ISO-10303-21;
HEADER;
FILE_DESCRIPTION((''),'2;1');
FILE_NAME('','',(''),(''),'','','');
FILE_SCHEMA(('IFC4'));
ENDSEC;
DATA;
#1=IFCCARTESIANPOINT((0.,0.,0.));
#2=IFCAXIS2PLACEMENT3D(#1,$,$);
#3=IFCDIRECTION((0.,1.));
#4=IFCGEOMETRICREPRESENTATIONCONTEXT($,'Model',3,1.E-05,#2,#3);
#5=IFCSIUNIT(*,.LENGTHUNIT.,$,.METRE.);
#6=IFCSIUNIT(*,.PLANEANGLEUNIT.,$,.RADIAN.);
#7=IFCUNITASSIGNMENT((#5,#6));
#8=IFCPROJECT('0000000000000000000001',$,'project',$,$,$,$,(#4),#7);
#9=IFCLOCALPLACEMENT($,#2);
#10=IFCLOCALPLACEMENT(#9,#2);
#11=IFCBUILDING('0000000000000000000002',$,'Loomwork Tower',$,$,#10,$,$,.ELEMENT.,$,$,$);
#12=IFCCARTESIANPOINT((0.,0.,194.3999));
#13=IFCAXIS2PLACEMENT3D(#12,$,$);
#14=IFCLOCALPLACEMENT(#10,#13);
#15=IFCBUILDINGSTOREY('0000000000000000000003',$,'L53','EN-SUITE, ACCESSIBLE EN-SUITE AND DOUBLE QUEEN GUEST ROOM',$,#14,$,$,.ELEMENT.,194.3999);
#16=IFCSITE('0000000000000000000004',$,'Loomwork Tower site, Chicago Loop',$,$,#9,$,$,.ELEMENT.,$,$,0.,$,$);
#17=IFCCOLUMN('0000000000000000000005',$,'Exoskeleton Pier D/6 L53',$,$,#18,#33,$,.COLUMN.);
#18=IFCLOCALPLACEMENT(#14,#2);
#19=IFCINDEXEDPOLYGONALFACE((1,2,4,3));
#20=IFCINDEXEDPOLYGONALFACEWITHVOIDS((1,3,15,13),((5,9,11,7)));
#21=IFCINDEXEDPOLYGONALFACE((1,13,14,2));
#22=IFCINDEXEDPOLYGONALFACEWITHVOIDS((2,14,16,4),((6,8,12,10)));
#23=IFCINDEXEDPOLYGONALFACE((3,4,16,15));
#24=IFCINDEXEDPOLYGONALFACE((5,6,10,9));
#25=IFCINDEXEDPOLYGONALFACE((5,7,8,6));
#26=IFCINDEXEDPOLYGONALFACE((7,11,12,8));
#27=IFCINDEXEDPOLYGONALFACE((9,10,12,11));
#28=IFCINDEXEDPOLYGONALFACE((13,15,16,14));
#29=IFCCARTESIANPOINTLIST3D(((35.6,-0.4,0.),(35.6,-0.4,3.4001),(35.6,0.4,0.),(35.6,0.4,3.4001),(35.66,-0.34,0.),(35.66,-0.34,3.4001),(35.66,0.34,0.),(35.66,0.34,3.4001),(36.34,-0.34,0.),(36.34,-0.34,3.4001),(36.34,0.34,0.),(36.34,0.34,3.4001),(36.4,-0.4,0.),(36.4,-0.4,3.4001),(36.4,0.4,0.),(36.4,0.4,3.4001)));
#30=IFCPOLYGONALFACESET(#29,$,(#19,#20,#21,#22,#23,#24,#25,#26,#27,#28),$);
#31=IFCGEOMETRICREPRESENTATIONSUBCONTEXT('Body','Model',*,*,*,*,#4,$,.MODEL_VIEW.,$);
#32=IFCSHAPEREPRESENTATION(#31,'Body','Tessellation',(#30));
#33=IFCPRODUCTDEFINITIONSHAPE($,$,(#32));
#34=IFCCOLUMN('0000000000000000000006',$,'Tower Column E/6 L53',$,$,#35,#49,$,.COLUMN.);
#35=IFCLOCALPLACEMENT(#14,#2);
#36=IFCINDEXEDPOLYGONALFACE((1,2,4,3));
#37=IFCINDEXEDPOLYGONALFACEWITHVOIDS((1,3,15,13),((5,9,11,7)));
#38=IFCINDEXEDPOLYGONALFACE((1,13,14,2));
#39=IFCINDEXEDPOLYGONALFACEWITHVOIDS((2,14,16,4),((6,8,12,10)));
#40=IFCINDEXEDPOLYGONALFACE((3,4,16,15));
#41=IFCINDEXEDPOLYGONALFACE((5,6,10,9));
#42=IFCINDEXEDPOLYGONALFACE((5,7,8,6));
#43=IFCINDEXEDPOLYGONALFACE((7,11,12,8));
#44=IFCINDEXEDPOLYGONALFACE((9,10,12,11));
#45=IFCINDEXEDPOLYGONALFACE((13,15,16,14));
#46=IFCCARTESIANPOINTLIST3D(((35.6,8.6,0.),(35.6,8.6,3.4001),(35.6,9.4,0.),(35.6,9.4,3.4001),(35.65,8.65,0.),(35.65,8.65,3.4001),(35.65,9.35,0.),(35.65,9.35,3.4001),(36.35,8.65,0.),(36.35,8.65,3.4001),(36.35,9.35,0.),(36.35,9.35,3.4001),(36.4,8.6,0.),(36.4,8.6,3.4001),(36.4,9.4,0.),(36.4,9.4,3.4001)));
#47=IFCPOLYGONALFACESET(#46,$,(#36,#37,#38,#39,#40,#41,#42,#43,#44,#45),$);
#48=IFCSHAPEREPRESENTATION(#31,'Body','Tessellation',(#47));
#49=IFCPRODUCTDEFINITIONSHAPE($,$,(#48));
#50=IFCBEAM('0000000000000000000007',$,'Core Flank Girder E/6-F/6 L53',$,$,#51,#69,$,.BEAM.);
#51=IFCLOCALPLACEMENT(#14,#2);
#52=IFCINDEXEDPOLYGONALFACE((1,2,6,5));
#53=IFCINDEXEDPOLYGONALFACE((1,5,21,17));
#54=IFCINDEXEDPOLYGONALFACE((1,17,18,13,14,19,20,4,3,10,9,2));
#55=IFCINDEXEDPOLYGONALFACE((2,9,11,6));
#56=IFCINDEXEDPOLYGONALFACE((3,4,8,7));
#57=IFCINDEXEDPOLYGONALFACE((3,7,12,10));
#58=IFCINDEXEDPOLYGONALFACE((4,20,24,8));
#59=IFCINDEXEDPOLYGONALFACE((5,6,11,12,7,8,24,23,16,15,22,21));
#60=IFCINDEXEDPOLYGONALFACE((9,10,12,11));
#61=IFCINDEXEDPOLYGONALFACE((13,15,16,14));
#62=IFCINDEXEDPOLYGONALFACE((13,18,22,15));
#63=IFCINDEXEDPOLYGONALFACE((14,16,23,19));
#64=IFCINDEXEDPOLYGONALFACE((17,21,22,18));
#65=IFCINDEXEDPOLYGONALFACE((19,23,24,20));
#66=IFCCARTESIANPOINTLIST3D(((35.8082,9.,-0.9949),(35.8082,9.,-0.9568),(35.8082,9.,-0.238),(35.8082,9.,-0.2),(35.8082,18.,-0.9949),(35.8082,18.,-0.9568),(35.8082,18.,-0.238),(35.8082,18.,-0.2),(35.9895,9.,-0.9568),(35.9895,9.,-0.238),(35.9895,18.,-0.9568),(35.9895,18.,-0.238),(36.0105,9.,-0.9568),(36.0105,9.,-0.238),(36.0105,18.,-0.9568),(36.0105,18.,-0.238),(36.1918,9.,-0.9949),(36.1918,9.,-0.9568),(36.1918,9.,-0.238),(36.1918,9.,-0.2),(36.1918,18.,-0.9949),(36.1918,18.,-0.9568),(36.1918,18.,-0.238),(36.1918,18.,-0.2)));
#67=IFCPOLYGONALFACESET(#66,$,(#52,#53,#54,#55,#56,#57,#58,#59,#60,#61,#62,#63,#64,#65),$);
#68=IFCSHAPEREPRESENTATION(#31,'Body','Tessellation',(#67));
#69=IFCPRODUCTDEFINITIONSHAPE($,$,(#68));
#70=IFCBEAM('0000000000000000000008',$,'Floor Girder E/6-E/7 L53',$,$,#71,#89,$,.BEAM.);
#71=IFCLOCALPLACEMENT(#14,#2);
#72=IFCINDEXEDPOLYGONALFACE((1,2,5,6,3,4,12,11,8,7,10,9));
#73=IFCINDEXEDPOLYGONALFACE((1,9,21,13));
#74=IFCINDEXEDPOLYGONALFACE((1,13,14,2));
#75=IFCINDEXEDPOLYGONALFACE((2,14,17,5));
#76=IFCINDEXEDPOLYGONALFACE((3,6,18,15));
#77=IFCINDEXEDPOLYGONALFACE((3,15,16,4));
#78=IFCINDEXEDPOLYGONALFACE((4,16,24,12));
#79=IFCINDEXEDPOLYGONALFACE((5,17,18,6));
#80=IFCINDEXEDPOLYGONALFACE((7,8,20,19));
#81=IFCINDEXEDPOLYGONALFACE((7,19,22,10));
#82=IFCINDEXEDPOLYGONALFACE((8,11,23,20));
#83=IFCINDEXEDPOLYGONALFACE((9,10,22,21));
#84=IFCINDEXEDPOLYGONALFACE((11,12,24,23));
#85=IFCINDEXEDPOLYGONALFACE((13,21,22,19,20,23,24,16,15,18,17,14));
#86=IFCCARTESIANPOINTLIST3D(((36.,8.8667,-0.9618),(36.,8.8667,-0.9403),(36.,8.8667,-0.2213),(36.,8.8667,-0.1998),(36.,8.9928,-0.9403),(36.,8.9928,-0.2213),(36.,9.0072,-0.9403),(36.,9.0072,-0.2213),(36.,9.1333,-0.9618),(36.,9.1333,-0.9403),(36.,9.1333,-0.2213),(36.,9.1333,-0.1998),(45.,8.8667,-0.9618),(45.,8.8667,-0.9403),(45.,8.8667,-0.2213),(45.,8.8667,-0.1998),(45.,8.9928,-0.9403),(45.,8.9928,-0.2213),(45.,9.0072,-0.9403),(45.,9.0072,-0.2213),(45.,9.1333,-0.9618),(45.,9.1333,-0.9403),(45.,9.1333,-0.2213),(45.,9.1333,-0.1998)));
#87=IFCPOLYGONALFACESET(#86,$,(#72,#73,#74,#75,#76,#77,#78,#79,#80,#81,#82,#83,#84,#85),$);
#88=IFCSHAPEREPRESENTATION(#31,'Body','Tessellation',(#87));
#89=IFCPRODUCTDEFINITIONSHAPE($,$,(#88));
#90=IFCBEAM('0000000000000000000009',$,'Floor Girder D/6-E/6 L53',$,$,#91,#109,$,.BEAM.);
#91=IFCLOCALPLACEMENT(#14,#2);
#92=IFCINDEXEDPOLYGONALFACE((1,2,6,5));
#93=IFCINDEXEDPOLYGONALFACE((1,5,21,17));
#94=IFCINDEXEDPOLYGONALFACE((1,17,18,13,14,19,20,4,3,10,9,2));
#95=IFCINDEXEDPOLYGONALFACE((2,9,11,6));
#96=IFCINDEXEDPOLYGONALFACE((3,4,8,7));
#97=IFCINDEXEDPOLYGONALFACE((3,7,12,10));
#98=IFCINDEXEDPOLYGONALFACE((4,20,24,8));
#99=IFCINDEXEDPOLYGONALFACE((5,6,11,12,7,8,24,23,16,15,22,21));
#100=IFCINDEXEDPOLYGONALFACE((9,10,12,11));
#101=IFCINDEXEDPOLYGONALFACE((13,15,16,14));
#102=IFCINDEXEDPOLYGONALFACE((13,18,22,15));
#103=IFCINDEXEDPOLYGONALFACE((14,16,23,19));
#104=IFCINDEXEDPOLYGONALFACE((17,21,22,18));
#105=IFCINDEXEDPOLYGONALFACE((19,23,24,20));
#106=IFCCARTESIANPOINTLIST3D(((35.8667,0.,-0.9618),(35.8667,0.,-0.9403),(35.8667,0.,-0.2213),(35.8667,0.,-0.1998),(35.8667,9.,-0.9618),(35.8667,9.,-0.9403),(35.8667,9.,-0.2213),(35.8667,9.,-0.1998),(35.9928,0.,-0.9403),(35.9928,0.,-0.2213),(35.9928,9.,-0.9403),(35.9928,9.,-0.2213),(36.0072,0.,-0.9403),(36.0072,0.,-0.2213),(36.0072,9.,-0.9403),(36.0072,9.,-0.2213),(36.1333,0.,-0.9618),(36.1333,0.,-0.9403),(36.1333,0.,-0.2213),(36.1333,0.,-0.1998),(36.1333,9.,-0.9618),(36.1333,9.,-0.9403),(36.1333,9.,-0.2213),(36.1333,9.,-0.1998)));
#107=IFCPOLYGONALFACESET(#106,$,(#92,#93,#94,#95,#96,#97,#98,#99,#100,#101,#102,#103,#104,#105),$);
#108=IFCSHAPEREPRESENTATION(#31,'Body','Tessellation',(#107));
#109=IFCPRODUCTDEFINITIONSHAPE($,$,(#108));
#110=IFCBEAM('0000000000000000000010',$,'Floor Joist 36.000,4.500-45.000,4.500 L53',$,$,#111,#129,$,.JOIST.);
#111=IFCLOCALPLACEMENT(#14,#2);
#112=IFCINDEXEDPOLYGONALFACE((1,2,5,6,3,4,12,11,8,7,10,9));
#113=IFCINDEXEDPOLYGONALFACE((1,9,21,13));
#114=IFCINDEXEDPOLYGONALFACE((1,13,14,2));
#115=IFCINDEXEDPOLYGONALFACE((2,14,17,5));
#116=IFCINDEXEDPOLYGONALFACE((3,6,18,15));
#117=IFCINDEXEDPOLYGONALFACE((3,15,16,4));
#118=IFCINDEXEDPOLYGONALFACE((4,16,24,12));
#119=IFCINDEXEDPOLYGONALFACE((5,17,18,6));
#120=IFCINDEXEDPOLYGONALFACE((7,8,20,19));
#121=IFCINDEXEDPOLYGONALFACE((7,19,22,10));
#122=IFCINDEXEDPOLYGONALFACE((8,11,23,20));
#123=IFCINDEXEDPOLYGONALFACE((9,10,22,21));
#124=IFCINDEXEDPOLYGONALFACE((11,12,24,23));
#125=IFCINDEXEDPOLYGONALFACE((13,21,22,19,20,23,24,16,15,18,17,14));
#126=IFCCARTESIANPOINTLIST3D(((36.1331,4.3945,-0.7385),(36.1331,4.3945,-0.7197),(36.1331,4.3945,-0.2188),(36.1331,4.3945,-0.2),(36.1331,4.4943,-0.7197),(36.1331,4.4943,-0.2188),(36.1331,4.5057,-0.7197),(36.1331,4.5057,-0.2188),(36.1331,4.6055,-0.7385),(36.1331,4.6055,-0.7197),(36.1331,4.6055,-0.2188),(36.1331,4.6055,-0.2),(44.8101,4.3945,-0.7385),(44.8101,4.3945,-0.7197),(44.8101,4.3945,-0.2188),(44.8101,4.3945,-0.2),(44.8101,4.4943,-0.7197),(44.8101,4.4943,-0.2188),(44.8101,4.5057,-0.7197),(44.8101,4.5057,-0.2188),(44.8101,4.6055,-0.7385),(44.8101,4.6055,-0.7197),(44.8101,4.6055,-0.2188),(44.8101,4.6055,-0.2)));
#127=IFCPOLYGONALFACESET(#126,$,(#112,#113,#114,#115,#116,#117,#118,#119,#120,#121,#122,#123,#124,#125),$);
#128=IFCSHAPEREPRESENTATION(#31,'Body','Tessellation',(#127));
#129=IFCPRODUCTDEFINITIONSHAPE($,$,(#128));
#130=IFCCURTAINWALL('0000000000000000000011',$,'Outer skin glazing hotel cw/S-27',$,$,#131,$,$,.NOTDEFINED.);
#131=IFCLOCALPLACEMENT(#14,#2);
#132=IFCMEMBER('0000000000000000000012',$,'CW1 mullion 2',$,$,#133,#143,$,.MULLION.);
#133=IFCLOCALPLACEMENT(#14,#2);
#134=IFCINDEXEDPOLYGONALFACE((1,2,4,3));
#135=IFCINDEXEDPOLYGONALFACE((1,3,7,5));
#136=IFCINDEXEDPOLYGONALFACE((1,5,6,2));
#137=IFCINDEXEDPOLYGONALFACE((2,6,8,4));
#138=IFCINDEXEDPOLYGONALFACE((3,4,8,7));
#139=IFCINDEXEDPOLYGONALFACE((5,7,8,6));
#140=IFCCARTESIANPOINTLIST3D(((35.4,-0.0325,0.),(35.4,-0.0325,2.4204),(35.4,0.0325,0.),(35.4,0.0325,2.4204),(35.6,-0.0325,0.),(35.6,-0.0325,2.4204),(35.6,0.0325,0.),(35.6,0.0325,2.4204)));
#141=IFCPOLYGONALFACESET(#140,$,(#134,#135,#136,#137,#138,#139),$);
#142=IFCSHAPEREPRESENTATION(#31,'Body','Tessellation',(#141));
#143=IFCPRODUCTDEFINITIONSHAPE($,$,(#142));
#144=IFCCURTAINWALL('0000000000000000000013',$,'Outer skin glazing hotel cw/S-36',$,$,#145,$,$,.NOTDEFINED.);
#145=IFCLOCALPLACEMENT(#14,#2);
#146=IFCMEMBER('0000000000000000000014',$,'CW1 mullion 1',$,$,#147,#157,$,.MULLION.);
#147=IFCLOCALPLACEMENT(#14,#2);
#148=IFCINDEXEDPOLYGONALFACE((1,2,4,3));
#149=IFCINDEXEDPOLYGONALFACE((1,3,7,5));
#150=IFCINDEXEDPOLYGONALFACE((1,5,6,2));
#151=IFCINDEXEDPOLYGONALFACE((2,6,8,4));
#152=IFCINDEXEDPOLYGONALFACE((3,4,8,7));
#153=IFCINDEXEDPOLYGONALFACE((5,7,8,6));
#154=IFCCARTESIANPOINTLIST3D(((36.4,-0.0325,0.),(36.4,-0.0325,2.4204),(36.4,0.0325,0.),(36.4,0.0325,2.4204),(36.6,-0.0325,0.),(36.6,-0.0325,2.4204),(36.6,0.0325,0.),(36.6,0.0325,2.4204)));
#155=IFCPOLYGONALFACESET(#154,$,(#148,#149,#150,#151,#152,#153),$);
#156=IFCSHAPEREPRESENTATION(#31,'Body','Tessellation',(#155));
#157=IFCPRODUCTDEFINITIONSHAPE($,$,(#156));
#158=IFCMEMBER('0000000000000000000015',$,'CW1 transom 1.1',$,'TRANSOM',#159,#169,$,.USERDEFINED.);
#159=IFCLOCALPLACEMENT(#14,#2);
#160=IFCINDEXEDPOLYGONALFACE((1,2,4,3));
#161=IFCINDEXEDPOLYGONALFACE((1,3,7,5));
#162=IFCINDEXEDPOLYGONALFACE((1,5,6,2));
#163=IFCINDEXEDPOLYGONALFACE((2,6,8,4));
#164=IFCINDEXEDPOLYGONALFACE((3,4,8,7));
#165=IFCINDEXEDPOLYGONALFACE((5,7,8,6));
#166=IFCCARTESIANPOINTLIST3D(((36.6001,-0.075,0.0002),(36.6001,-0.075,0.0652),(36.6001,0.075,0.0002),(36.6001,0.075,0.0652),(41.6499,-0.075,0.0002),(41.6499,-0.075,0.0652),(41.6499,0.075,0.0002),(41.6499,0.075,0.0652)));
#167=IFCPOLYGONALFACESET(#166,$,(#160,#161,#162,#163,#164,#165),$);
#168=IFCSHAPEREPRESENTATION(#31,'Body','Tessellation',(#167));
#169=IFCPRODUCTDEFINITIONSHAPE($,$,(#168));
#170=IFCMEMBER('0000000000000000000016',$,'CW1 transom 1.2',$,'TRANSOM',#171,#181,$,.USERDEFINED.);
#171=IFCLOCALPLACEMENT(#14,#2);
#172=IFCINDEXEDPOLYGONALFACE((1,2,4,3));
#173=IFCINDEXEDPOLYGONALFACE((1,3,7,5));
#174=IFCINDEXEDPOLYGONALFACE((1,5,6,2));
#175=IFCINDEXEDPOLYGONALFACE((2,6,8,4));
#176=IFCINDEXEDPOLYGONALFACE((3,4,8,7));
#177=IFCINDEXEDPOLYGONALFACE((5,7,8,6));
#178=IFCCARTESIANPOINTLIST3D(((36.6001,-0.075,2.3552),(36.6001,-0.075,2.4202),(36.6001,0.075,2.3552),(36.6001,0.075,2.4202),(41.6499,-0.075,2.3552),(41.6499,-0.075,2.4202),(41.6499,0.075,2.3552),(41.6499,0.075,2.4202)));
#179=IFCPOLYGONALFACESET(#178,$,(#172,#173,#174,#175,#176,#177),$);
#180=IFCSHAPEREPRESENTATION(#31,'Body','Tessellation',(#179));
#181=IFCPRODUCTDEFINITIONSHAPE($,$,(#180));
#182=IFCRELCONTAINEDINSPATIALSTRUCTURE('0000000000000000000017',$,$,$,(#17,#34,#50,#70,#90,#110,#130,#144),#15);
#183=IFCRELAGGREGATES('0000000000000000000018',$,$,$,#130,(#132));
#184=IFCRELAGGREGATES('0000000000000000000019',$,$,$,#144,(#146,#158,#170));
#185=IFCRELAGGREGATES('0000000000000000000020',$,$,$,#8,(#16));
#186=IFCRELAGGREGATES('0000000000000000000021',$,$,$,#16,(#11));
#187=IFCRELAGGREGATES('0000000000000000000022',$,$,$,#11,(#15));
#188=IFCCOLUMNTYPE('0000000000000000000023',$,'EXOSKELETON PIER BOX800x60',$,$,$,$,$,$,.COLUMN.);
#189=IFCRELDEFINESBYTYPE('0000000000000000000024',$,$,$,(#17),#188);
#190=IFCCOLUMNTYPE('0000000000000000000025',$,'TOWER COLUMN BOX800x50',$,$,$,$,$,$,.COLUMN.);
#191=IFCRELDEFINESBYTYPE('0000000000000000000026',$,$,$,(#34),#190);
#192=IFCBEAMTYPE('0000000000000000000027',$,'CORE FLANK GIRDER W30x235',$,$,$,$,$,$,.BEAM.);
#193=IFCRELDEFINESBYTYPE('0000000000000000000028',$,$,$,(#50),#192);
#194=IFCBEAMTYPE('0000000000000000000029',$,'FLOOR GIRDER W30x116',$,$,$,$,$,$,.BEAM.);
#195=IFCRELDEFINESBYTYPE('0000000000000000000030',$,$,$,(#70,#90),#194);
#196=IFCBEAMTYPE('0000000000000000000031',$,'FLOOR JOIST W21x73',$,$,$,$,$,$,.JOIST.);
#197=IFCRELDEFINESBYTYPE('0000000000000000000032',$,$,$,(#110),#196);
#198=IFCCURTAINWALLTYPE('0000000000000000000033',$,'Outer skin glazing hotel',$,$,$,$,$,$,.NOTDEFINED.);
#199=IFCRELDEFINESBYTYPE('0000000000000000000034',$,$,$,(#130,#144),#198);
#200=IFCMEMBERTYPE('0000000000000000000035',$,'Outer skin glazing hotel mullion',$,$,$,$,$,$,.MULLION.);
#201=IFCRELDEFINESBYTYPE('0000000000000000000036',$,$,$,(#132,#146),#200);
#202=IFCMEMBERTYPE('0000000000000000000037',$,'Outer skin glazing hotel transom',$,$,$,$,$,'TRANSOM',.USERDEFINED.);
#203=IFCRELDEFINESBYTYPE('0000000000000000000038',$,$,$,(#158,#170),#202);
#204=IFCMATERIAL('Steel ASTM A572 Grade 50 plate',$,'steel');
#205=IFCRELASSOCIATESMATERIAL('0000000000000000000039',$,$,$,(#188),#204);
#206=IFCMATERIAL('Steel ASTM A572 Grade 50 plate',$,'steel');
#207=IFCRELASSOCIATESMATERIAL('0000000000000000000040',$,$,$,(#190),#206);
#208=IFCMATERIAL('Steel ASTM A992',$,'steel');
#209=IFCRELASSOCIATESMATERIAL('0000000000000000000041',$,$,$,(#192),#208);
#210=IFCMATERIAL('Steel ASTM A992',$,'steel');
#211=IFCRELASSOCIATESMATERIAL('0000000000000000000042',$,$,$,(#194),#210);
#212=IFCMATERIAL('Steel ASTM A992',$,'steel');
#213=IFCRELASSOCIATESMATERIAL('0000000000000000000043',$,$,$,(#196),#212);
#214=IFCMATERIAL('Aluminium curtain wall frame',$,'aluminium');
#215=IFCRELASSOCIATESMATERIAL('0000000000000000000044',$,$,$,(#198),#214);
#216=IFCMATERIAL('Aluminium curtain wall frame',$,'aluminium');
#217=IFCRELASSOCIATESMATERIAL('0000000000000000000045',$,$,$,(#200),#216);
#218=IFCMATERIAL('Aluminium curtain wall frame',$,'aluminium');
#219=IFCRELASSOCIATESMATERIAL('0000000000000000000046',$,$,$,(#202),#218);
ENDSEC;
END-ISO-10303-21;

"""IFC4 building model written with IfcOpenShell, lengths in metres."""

from ifc_helpers import new_model, si_unit, direction, frame, origin, origin_2d, place, context, subcontext, project, spatial, rectangle, hollow_rectangle, i_section, extrude, material, material_profile, profile_set, type_object, element, aggregate, save


model = new_model("IFC4")

# Units and contexts
model_context = context("Model", 3, precision=1e-05, world=origin(), true_north=direction((0.0, 1.0)))
body_context = subcontext(model_context, "Body", "Model", "MODEL_VIEW")
ifc_project = project(units=[si_unit("LENGTHUNIT", "METRE"), si_unit("PLANEANGLEUNIT", "RADIAN")], contexts=[model_context])

# Site, building, storey
site_placement = place(None, origin())
site = spatial("IfcSite", under=ifc_project, at=site_placement, Name="Loomwork Tower site, Chicago Loop", CompositionType="ELEMENT", RefElevation=0.0)
building_placement = place(site_placement, origin())
building = spatial("IfcBuilding", under=site, at=building_placement, Name="Loomwork Tower", CompositionType="ELEMENT")
storey_placement = place(building_placement, frame((0.0, 0.0, 194.3999)))
storey = spatial("IfcBuildingStorey", under=building, at=storey_placement, Name="L53", Description="EN-SUITE, ACCESSIBLE EN-SUITE AND DOUBLE QUEEN GUEST ROOM", CompositionType="ELEMENT", Elevation=194.3999)

# Columns
ifc_material_1 = material(Name="Steel ASTM A572 Grade 50 plate", Category="steel")
ifc_material_profile_1 = material_profile(ifc_material_1, hollow_rectangle(XDim=0.8, YDim=0.8, WallThickness=0.0601, at=origin_2d()), Name="BOX800x60")
ifc_profile_set_1 = profile_set([ifc_material_profile_1], Name="Steel ASTM A572 Grade 50 plate")
column_type_1 = type_object("IfcColumnType", Name="EXOSKELETON PIER BOX800x60", PredefinedType="COLUMN", material=ifc_profile_set_1)
column_1_placement = place(storey_placement, frame((36.0, 0.0, 0.0), z_axis=(0.0, 0.0, 1.0), x_axis=(1.0, 0.0, 0.0)))
element("IfcColumn", 1, at=column_1_placement, inside=storey, type_object=column_type_1, Name="Exoskeleton Pier D/6 L53", PredefinedType="COLUMN", context=body_context, shape_type="SweptSolid", body=[
    extrude(hollow_rectangle(XDim=0.8, YDim=0.8, WallThickness=0.0601, at=origin_2d()), origin(), (0.0, 0.0, 1.0), 3.4001),
])
ifc_material_2 = material(Name="Steel ASTM A572 Grade 50 plate", Category="steel")
ifc_material_profile_2 = material_profile(ifc_material_2, hollow_rectangle(XDim=0.8, YDim=0.8, WallThickness=0.05, at=origin_2d()), Name="BOX800x50")
ifc_profile_set_2 = profile_set([ifc_material_profile_2], Name="Steel ASTM A572 Grade 50 plate")
column_type_2 = type_object("IfcColumnType", Name="TOWER COLUMN BOX800x50", PredefinedType="COLUMN", material=ifc_profile_set_2)
column_2_placement = place(storey_placement, frame((36.0, 9.0, 0.0), z_axis=(0.0, 0.0, 1.0), x_axis=(0.0, 1.0, 0.0)))
element("IfcColumn", 2, at=column_2_placement, inside=storey, type_object=column_type_2, Name="Tower Column E/6 L53", PredefinedType="COLUMN", context=body_context, shape_type="SweptSolid", body=[
    extrude(hollow_rectangle(XDim=0.8, YDim=0.8, WallThickness=0.05, at=origin_2d()), origin(), (0.0, 0.0, 1.0), 3.4001),
])

# Beams
ifc_material_3 = material(Name="Steel ASTM A992", Category="steel")
ifc_material_profile_3 = material_profile(ifc_material_3, i_section(OverallWidth=0.3835, OverallDepth=0.7949, WebThickness=0.021, FlangeThickness=0.0381, at=origin_2d()), Name="W30x235")
ifc_profile_set_3 = profile_set([ifc_material_profile_3], Name="Steel ASTM A992")
beam_type_1 = type_object("IfcBeamType", Name="CORE FLANK GIRDER W30x235", PredefinedType="BEAM", material=ifc_profile_set_3)
beam_1_placement = place(storey_placement, frame((36.0, 9.0, -0.5974), z_axis=(0.0, 1.0, 0.0), x_axis=(-1.0, 0.0, 0.0)))
element("IfcBeam", 3, at=beam_1_placement, inside=storey, type_object=beam_type_1, Name="Core Flank Girder E/6-F/6 L53", PredefinedType="BEAM", context=body_context, shape_type="SweptSolid", body=[
    extrude(i_section(OverallWidth=0.3835, OverallDepth=0.7949, WebThickness=0.021, FlangeThickness=0.0381, at=origin_2d()), origin(), (0.0, 0.0, 1.0), 9.0),
])
ifc_material_4 = material(Name="Steel ASTM A992", Category="steel")
ifc_material_profile_4 = material_profile(ifc_material_4, i_section(OverallWidth=0.2666, OverallDepth=0.762, WebThickness=0.0144, FlangeThickness=0.0215, at=origin_2d()), Name="W30x116")
ifc_profile_set_4 = profile_set([ifc_material_profile_4], Name="Steel ASTM A992")
beam_type_2 = type_object("IfcBeamType", Name="FLOOR GIRDER W30x116", PredefinedType="BEAM", material=ifc_profile_set_4)
for number, where, z_axis, x_axis, name in (
    (4, (36.0, 9.0, -0.5808), (1.0, 0.0, 0.0), (0.0, 1.0, 0.0), "Floor Girder E/6-E/7 L53"),
    (5, (36.0, 0.0, -0.5808), (0.0, 1.0, 0.0), (-1.0, 0.0, 0.0), "Floor Girder D/6-E/6 L53"),
):
    element("IfcBeam", number, at=place(storey_placement, frame(where, z_axis=z_axis, x_axis=x_axis)), inside=storey, type_object=beam_type_2, Name=name, PredefinedType="BEAM", context=body_context, shape_type="SweptSolid", body=[
        extrude(i_section(OverallWidth=0.2666, OverallDepth=0.762, WebThickness=0.0144, FlangeThickness=0.0215, at=origin_2d()), origin(), (0.0, 0.0, 1.0), 9.0),
    ])
ifc_material_5 = material(Name="Steel ASTM A992", Category="steel")
ifc_material_profile_5 = material_profile(ifc_material_5, i_section(OverallWidth=0.2109, OverallDepth=0.5386, WebThickness=0.0115, FlangeThickness=0.0188, at=origin_2d()), Name="W21x73")
ifc_profile_set_5 = profile_set([ifc_material_profile_5], Name="Steel ASTM A992")
beam_type_3 = type_object("IfcBeamType", Name="FLOOR JOIST W21x73", PredefinedType="JOIST", material=ifc_profile_set_5)
beam_2_placement = place(storey_placement, frame((36.1331, 4.5, -0.4692), z_axis=(1.0, 0.0, 0.0), x_axis=(0.0, 1.0, 0.0)))
element("IfcBeam", 6, at=beam_2_placement, inside=storey, type_object=beam_type_3, Name="Floor Joist 36.000,4.500-45.000,4.500 L53", PredefinedType="JOIST", context=body_context, shape_type="SweptSolid", body=[
    extrude(i_section(OverallWidth=0.2109, OverallDepth=0.5386, WebThickness=0.0115, FlangeThickness=0.0188, at=origin_2d()), origin(), (0.0, 0.0, 1.0), 8.677),
])

# Curtain wall, member
ifc_material_6 = material(Name="Aluminium curtain wall frame", Category="aluminium")
curtain_wall_type = type_object("IfcCurtainWallType", Name="Outer skin glazing hotel", PredefinedType="NOTDEFINED", material=ifc_material_6)
curtain_wall_1_placement = place(storey_placement, origin())
curtain_wall_1 = element("IfcCurtainWall", 7, at=curtain_wall_1_placement, inside=storey, type_object=curtain_wall_type, Name="Outer skin glazing hotel cw/S-27", PredefinedType="NOTDEFINED")
ifc_material_7 = material(Name="Aluminium curtain wall frame", Category="aluminium")
ifc_material_profile_6 = material_profile(ifc_material_7, rectangle(XDim=0.0649, YDim=0.2, at=origin_2d()), Name="AL 65x200")
ifc_profile_set_6 = profile_set([ifc_material_profile_6], Name="Aluminium curtain wall frame")
member_type_1 = type_object("IfcMemberType", Name="Outer skin glazing hotel mullion", PredefinedType="MULLION", material=ifc_profile_set_6)
member_1_placement = place(storey_placement, frame((35.5, 0.0, 0.0), z_axis=(0.0, 0.0, 1.0), x_axis=(0.0, 1.0, 0.0)))
member_1 = element("IfcMember", 8, at=member_1_placement, type_object=member_type_1, Name="CW1 mullion 2", PredefinedType="MULLION", context=body_context, shape_type="SweptSolid", body=[
    extrude(rectangle(XDim=0.0649, YDim=0.2, at=origin_2d()), origin(), (0.0, 0.0, 1.0), 2.4204),
])
aggregate(curtain_wall_1, [member_1])

# Curtain wall, members
curtain_wall_2_placement = place(storey_placement, origin())
curtain_wall_2 = element("IfcCurtainWall", 9, at=curtain_wall_2_placement, inside=storey, type_object=curtain_wall_type, Name="Outer skin glazing hotel cw/S-36", PredefinedType="NOTDEFINED")
member_2_placement = place(storey_placement, frame((36.5, 0.0, 0.0), z_axis=(0.0, 0.0, 1.0), x_axis=(0.0, 1.0, 0.0)))
member_2 = element("IfcMember", 10, at=member_2_placement, type_object=member_type_1, Name="CW1 mullion 1", PredefinedType="MULLION", context=body_context, shape_type="SweptSolid", body=[
    extrude(rectangle(XDim=0.0649, YDim=0.2, at=origin_2d()), origin(), (0.0, 0.0, 1.0), 2.4204),
])
ifc_material_8 = material(Name="Aluminium curtain wall frame", Category="aluminium")
ifc_material_profile_7 = material_profile(ifc_material_8, rectangle(XDim=0.1499, YDim=0.0649, at=origin_2d()), Name="AL 65x150")
ifc_profile_set_7 = profile_set([ifc_material_profile_7], Name="Aluminium curtain wall frame")
member_type_2 = type_object("IfcMemberType", Name="Outer skin glazing hotel transom", ElementType="TRANSOM", PredefinedType="USERDEFINED", material=ifc_profile_set_7)
member_3_placement = place(storey_placement, frame((36.6001, 0.0, 0.0327), z_axis=(1.0, 0.0, 0.0), x_axis=(0.0, 1.0, 0.0)))
member_3 = element("IfcMember", 11, at=member_3_placement, type_object=member_type_2, Name="CW1 transom 1.1", ObjectType="TRANSOM", PredefinedType="USERDEFINED", context=body_context, shape_type="SweptSolid", body=[
    extrude(rectangle(XDim=0.1499, YDim=0.0649, at=origin_2d()), origin(), (0.0, 0.0, 1.0), 5.0498),
])
member_4_placement = place(storey_placement, frame((36.6001, 0.0, 2.3877), z_axis=(1.0, 0.0, 0.0), x_axis=(0.0, 1.0, 0.0)))
member_4 = element("IfcMember", 12, at=member_4_placement, type_object=member_type_2, Name="CW1 transom 1.2", ObjectType="TRANSOM", PredefinedType="USERDEFINED", context=body_context, shape_type="SweptSolid", body=[
    extrude(rectangle(XDim=0.1499, YDim=0.0649, at=origin_2d()), origin(), (0.0, 0.0, 1.0), 5.0498),
])

aggregate(curtain_wall_2, [member_2, member_3, member_4])

save(model, "model.ifc")
